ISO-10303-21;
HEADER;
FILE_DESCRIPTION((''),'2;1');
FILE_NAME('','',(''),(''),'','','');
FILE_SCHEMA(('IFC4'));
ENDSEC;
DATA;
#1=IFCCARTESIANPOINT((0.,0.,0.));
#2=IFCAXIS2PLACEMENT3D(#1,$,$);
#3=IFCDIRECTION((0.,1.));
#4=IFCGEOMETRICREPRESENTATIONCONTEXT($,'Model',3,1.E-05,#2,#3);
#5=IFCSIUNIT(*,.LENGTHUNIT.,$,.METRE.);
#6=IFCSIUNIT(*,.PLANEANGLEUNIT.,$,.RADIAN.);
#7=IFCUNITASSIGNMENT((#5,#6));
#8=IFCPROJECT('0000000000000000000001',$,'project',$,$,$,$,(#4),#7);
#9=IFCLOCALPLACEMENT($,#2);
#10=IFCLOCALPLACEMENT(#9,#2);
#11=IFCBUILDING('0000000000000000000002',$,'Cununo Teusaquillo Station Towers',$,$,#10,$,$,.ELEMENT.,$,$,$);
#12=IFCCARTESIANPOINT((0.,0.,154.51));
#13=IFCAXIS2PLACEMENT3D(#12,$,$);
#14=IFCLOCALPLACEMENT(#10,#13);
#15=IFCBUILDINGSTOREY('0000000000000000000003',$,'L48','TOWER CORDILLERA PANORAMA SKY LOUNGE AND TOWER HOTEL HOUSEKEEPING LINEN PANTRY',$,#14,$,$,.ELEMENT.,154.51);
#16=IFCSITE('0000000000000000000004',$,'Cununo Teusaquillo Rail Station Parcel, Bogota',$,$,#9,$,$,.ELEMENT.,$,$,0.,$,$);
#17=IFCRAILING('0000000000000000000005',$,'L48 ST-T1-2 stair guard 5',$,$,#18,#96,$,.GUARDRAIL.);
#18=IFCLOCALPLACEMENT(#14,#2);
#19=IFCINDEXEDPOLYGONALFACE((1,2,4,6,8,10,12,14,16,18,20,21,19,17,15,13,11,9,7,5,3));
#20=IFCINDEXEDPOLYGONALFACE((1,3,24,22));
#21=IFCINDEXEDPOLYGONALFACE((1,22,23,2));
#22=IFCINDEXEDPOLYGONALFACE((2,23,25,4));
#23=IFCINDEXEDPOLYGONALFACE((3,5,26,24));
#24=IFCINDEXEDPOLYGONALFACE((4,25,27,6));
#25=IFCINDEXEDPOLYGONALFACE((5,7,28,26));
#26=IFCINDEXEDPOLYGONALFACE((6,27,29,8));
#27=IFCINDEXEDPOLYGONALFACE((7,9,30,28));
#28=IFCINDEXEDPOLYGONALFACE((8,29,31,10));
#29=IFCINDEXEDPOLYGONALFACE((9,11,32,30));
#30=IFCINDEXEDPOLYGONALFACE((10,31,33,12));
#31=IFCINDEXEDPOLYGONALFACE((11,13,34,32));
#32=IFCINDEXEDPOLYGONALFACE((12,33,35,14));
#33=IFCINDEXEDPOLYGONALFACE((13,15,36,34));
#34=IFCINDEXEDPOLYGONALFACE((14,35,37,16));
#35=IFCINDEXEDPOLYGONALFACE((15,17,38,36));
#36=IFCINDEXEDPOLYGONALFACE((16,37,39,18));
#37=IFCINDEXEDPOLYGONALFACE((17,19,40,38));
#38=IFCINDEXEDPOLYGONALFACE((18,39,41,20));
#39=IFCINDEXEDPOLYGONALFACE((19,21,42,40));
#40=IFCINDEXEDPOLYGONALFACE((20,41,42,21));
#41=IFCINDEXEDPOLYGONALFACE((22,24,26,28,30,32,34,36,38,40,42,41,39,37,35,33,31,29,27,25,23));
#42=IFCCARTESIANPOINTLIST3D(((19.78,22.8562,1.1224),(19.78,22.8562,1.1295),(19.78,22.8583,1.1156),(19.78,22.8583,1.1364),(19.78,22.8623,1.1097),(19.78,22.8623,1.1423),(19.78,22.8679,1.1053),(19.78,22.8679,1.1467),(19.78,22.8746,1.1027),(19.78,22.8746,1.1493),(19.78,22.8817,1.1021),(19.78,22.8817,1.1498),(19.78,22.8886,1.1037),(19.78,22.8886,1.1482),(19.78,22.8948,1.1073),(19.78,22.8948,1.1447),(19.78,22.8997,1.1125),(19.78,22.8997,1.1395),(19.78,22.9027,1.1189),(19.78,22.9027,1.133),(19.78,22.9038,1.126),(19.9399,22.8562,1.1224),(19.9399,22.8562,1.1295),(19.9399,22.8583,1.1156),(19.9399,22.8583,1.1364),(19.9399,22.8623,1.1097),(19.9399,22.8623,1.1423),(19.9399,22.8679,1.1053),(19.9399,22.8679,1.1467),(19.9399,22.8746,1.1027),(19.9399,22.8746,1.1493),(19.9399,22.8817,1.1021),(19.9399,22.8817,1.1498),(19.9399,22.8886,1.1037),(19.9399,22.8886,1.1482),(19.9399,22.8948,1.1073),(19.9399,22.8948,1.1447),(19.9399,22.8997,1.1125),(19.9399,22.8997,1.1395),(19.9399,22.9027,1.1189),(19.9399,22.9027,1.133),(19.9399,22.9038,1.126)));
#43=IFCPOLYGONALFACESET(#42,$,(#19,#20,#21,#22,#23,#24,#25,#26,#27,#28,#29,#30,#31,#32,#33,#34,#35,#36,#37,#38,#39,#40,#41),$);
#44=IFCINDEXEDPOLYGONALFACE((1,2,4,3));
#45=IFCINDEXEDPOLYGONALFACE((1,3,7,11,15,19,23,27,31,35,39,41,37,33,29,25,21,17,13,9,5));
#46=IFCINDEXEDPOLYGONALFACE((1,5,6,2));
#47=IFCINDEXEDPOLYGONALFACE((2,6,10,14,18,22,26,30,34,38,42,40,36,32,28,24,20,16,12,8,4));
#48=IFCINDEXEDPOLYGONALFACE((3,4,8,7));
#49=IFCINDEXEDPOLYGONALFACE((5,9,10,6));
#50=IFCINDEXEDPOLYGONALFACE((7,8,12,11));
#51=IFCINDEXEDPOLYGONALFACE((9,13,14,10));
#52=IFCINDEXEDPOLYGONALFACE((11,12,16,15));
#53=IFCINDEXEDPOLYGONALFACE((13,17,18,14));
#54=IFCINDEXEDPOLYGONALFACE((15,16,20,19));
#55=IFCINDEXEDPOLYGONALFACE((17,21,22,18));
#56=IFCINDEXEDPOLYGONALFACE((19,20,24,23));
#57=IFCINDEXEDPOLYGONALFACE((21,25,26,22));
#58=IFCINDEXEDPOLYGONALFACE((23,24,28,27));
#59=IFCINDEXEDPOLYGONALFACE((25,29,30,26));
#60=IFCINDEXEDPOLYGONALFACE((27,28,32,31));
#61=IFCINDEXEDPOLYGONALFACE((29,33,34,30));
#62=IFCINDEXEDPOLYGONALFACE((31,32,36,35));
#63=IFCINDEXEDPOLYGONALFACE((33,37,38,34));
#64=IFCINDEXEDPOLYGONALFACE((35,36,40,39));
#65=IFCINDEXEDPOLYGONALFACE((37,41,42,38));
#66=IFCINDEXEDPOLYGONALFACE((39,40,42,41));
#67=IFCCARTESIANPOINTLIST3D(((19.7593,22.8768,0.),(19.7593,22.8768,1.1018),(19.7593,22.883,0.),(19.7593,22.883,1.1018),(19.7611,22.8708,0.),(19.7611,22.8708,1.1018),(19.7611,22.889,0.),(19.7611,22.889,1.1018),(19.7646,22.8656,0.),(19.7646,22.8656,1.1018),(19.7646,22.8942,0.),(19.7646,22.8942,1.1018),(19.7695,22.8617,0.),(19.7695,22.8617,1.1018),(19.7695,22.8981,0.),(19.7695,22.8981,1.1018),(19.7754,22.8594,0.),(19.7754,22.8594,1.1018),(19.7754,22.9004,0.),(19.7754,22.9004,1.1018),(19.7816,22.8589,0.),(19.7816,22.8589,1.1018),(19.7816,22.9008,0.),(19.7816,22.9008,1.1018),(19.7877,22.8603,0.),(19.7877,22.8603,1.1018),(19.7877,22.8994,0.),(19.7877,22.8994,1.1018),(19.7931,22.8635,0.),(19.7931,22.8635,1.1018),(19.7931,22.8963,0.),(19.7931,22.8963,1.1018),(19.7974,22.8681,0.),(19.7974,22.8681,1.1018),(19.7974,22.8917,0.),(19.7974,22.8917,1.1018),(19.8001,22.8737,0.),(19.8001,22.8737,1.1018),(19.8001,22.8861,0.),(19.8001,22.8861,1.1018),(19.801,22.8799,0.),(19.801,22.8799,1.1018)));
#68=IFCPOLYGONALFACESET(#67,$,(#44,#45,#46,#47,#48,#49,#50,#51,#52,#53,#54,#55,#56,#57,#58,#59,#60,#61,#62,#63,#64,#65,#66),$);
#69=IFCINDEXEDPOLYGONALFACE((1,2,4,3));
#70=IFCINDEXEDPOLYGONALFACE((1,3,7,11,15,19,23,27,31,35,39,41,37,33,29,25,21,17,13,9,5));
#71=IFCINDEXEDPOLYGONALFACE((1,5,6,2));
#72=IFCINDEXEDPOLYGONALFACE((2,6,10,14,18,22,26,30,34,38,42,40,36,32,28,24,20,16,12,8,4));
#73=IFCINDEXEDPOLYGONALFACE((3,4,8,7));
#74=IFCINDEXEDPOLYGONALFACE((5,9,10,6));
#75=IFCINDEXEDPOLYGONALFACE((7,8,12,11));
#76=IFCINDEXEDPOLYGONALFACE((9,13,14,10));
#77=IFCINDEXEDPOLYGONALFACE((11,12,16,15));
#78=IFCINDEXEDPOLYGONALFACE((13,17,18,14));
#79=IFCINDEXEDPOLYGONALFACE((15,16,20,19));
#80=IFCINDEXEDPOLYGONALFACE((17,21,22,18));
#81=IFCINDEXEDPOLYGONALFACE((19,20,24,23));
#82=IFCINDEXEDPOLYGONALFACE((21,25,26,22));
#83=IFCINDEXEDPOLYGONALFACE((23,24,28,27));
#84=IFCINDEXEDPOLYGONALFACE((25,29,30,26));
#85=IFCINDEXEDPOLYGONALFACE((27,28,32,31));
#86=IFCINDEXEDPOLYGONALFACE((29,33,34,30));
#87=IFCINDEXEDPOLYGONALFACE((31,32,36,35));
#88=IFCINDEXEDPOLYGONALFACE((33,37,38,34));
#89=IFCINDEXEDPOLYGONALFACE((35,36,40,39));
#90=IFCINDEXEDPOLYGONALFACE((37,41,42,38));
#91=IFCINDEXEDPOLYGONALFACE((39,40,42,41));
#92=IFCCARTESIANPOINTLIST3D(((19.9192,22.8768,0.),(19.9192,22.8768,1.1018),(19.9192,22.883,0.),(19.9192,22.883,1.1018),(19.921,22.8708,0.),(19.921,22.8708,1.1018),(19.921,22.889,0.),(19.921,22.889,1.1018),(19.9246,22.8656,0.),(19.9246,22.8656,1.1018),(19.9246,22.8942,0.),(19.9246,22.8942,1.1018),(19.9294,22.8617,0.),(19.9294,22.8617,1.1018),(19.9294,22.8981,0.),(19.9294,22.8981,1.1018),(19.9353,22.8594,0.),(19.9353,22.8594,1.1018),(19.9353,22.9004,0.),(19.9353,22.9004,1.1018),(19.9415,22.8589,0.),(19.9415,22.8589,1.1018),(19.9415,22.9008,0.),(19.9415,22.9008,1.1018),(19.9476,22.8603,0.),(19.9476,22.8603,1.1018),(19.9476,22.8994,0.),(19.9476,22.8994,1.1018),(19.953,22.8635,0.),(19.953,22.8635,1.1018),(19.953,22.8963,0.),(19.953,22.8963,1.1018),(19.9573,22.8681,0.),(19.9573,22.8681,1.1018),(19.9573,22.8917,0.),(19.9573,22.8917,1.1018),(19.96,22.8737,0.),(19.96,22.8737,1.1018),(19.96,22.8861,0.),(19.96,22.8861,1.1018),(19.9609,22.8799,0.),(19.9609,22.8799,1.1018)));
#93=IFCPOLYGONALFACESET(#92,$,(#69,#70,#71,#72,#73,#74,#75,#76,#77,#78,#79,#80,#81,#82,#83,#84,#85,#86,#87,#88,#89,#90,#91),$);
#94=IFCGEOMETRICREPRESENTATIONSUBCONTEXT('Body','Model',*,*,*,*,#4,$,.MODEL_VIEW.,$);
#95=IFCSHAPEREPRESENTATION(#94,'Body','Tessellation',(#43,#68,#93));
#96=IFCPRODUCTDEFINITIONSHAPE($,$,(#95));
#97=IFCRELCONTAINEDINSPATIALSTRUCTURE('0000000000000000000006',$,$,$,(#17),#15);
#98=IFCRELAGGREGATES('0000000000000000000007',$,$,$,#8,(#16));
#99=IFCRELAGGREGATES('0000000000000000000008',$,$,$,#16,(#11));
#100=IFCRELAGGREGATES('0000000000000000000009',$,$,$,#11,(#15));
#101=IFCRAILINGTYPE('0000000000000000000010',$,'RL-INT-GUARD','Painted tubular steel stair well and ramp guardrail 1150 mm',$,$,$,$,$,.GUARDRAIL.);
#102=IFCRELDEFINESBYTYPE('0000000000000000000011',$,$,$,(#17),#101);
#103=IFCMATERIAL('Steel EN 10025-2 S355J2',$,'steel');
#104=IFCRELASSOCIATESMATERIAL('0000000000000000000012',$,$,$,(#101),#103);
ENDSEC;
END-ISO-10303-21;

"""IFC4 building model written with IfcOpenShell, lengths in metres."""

from ifc_helpers import new_model, si_unit, direction, frame, origin, origin_2d, place, context, subcontext, project, spatial, circle, extrude, material, type_object, element, save


model = new_model("IFC4")

# Units and contexts
model_context = context("Model", 3, precision=1e-05, world=origin(), true_north=direction((0.0, 1.0)))
body_context = subcontext(model_context, "Body", "Model", "MODEL_VIEW")
ifc_project = project(units=[si_unit("LENGTHUNIT", "METRE"), si_unit("PLANEANGLEUNIT", "RADIAN")], contexts=[model_context])

# Site, building, storey
site_placement = place(None, origin())
site = spatial("IfcSite", under=ifc_project, at=site_placement, Name="Cununo Teusaquillo Rail Station Parcel, Bogota", CompositionType="ELEMENT", RefElevation=0.0)
building_placement = place(site_placement, origin())
building = spatial("IfcBuilding", under=site, at=building_placement, Name="Cununo Teusaquillo Station Towers", CompositionType="ELEMENT")
storey_placement = place(building_placement, frame((0.0, 0.0, 154.51)))
storey = spatial("IfcBuildingStorey", under=building, at=storey_placement, Name="L48", Description="TOWER CORDILLERA PANORAMA SKY LOUNGE AND TOWER HOTEL HOUSEKEEPING LINEN PANTRY", CompositionType="ELEMENT", Elevation=154.51)

# Railing
ifc_material_1 = material(Name="Steel EN 10025-2 S355J2", Category="steel")
railing_type_1 = type_object("IfcRailingType", Name="RL-INT-GUARD", Description="Painted tubular steel stair well and ramp guardrail 1150 mm", PredefinedType="GUARDRAIL", material=ifc_material_1)
railing_1_placement = place(storey_placement, frame((19.78, 22.8799, 0.0)))
element("IfcRailing", 1, at=railing_1_placement, inside=storey, type_object=railing_type_1, Name="L48 ST-T1-2 stair guard 5", PredefinedType="GUARDRAIL", context=body_context, shape_type="SweptSolid", body=[
    extrude(circle(Radius=0.0239, at=origin_2d()), frame((0.0, 0.0, 1.126), z_axis=(1.0, 0.0, 0.0), x_axis=(0.0, 1.0, 0.0)), (0.0, 0.0, 1.0), 0.1599),
    extrude(circle(Radius=0.021, at=origin_2d()), origin(), (0.0, 0.0, 1.0), 1.1018),
    extrude(circle(Radius=0.021, at=origin_2d()), frame((0.1599, 0.0, 0.0)), (0.0, 0.0, 1.0), 1.1018),
])

save(model, "model.ifc")
